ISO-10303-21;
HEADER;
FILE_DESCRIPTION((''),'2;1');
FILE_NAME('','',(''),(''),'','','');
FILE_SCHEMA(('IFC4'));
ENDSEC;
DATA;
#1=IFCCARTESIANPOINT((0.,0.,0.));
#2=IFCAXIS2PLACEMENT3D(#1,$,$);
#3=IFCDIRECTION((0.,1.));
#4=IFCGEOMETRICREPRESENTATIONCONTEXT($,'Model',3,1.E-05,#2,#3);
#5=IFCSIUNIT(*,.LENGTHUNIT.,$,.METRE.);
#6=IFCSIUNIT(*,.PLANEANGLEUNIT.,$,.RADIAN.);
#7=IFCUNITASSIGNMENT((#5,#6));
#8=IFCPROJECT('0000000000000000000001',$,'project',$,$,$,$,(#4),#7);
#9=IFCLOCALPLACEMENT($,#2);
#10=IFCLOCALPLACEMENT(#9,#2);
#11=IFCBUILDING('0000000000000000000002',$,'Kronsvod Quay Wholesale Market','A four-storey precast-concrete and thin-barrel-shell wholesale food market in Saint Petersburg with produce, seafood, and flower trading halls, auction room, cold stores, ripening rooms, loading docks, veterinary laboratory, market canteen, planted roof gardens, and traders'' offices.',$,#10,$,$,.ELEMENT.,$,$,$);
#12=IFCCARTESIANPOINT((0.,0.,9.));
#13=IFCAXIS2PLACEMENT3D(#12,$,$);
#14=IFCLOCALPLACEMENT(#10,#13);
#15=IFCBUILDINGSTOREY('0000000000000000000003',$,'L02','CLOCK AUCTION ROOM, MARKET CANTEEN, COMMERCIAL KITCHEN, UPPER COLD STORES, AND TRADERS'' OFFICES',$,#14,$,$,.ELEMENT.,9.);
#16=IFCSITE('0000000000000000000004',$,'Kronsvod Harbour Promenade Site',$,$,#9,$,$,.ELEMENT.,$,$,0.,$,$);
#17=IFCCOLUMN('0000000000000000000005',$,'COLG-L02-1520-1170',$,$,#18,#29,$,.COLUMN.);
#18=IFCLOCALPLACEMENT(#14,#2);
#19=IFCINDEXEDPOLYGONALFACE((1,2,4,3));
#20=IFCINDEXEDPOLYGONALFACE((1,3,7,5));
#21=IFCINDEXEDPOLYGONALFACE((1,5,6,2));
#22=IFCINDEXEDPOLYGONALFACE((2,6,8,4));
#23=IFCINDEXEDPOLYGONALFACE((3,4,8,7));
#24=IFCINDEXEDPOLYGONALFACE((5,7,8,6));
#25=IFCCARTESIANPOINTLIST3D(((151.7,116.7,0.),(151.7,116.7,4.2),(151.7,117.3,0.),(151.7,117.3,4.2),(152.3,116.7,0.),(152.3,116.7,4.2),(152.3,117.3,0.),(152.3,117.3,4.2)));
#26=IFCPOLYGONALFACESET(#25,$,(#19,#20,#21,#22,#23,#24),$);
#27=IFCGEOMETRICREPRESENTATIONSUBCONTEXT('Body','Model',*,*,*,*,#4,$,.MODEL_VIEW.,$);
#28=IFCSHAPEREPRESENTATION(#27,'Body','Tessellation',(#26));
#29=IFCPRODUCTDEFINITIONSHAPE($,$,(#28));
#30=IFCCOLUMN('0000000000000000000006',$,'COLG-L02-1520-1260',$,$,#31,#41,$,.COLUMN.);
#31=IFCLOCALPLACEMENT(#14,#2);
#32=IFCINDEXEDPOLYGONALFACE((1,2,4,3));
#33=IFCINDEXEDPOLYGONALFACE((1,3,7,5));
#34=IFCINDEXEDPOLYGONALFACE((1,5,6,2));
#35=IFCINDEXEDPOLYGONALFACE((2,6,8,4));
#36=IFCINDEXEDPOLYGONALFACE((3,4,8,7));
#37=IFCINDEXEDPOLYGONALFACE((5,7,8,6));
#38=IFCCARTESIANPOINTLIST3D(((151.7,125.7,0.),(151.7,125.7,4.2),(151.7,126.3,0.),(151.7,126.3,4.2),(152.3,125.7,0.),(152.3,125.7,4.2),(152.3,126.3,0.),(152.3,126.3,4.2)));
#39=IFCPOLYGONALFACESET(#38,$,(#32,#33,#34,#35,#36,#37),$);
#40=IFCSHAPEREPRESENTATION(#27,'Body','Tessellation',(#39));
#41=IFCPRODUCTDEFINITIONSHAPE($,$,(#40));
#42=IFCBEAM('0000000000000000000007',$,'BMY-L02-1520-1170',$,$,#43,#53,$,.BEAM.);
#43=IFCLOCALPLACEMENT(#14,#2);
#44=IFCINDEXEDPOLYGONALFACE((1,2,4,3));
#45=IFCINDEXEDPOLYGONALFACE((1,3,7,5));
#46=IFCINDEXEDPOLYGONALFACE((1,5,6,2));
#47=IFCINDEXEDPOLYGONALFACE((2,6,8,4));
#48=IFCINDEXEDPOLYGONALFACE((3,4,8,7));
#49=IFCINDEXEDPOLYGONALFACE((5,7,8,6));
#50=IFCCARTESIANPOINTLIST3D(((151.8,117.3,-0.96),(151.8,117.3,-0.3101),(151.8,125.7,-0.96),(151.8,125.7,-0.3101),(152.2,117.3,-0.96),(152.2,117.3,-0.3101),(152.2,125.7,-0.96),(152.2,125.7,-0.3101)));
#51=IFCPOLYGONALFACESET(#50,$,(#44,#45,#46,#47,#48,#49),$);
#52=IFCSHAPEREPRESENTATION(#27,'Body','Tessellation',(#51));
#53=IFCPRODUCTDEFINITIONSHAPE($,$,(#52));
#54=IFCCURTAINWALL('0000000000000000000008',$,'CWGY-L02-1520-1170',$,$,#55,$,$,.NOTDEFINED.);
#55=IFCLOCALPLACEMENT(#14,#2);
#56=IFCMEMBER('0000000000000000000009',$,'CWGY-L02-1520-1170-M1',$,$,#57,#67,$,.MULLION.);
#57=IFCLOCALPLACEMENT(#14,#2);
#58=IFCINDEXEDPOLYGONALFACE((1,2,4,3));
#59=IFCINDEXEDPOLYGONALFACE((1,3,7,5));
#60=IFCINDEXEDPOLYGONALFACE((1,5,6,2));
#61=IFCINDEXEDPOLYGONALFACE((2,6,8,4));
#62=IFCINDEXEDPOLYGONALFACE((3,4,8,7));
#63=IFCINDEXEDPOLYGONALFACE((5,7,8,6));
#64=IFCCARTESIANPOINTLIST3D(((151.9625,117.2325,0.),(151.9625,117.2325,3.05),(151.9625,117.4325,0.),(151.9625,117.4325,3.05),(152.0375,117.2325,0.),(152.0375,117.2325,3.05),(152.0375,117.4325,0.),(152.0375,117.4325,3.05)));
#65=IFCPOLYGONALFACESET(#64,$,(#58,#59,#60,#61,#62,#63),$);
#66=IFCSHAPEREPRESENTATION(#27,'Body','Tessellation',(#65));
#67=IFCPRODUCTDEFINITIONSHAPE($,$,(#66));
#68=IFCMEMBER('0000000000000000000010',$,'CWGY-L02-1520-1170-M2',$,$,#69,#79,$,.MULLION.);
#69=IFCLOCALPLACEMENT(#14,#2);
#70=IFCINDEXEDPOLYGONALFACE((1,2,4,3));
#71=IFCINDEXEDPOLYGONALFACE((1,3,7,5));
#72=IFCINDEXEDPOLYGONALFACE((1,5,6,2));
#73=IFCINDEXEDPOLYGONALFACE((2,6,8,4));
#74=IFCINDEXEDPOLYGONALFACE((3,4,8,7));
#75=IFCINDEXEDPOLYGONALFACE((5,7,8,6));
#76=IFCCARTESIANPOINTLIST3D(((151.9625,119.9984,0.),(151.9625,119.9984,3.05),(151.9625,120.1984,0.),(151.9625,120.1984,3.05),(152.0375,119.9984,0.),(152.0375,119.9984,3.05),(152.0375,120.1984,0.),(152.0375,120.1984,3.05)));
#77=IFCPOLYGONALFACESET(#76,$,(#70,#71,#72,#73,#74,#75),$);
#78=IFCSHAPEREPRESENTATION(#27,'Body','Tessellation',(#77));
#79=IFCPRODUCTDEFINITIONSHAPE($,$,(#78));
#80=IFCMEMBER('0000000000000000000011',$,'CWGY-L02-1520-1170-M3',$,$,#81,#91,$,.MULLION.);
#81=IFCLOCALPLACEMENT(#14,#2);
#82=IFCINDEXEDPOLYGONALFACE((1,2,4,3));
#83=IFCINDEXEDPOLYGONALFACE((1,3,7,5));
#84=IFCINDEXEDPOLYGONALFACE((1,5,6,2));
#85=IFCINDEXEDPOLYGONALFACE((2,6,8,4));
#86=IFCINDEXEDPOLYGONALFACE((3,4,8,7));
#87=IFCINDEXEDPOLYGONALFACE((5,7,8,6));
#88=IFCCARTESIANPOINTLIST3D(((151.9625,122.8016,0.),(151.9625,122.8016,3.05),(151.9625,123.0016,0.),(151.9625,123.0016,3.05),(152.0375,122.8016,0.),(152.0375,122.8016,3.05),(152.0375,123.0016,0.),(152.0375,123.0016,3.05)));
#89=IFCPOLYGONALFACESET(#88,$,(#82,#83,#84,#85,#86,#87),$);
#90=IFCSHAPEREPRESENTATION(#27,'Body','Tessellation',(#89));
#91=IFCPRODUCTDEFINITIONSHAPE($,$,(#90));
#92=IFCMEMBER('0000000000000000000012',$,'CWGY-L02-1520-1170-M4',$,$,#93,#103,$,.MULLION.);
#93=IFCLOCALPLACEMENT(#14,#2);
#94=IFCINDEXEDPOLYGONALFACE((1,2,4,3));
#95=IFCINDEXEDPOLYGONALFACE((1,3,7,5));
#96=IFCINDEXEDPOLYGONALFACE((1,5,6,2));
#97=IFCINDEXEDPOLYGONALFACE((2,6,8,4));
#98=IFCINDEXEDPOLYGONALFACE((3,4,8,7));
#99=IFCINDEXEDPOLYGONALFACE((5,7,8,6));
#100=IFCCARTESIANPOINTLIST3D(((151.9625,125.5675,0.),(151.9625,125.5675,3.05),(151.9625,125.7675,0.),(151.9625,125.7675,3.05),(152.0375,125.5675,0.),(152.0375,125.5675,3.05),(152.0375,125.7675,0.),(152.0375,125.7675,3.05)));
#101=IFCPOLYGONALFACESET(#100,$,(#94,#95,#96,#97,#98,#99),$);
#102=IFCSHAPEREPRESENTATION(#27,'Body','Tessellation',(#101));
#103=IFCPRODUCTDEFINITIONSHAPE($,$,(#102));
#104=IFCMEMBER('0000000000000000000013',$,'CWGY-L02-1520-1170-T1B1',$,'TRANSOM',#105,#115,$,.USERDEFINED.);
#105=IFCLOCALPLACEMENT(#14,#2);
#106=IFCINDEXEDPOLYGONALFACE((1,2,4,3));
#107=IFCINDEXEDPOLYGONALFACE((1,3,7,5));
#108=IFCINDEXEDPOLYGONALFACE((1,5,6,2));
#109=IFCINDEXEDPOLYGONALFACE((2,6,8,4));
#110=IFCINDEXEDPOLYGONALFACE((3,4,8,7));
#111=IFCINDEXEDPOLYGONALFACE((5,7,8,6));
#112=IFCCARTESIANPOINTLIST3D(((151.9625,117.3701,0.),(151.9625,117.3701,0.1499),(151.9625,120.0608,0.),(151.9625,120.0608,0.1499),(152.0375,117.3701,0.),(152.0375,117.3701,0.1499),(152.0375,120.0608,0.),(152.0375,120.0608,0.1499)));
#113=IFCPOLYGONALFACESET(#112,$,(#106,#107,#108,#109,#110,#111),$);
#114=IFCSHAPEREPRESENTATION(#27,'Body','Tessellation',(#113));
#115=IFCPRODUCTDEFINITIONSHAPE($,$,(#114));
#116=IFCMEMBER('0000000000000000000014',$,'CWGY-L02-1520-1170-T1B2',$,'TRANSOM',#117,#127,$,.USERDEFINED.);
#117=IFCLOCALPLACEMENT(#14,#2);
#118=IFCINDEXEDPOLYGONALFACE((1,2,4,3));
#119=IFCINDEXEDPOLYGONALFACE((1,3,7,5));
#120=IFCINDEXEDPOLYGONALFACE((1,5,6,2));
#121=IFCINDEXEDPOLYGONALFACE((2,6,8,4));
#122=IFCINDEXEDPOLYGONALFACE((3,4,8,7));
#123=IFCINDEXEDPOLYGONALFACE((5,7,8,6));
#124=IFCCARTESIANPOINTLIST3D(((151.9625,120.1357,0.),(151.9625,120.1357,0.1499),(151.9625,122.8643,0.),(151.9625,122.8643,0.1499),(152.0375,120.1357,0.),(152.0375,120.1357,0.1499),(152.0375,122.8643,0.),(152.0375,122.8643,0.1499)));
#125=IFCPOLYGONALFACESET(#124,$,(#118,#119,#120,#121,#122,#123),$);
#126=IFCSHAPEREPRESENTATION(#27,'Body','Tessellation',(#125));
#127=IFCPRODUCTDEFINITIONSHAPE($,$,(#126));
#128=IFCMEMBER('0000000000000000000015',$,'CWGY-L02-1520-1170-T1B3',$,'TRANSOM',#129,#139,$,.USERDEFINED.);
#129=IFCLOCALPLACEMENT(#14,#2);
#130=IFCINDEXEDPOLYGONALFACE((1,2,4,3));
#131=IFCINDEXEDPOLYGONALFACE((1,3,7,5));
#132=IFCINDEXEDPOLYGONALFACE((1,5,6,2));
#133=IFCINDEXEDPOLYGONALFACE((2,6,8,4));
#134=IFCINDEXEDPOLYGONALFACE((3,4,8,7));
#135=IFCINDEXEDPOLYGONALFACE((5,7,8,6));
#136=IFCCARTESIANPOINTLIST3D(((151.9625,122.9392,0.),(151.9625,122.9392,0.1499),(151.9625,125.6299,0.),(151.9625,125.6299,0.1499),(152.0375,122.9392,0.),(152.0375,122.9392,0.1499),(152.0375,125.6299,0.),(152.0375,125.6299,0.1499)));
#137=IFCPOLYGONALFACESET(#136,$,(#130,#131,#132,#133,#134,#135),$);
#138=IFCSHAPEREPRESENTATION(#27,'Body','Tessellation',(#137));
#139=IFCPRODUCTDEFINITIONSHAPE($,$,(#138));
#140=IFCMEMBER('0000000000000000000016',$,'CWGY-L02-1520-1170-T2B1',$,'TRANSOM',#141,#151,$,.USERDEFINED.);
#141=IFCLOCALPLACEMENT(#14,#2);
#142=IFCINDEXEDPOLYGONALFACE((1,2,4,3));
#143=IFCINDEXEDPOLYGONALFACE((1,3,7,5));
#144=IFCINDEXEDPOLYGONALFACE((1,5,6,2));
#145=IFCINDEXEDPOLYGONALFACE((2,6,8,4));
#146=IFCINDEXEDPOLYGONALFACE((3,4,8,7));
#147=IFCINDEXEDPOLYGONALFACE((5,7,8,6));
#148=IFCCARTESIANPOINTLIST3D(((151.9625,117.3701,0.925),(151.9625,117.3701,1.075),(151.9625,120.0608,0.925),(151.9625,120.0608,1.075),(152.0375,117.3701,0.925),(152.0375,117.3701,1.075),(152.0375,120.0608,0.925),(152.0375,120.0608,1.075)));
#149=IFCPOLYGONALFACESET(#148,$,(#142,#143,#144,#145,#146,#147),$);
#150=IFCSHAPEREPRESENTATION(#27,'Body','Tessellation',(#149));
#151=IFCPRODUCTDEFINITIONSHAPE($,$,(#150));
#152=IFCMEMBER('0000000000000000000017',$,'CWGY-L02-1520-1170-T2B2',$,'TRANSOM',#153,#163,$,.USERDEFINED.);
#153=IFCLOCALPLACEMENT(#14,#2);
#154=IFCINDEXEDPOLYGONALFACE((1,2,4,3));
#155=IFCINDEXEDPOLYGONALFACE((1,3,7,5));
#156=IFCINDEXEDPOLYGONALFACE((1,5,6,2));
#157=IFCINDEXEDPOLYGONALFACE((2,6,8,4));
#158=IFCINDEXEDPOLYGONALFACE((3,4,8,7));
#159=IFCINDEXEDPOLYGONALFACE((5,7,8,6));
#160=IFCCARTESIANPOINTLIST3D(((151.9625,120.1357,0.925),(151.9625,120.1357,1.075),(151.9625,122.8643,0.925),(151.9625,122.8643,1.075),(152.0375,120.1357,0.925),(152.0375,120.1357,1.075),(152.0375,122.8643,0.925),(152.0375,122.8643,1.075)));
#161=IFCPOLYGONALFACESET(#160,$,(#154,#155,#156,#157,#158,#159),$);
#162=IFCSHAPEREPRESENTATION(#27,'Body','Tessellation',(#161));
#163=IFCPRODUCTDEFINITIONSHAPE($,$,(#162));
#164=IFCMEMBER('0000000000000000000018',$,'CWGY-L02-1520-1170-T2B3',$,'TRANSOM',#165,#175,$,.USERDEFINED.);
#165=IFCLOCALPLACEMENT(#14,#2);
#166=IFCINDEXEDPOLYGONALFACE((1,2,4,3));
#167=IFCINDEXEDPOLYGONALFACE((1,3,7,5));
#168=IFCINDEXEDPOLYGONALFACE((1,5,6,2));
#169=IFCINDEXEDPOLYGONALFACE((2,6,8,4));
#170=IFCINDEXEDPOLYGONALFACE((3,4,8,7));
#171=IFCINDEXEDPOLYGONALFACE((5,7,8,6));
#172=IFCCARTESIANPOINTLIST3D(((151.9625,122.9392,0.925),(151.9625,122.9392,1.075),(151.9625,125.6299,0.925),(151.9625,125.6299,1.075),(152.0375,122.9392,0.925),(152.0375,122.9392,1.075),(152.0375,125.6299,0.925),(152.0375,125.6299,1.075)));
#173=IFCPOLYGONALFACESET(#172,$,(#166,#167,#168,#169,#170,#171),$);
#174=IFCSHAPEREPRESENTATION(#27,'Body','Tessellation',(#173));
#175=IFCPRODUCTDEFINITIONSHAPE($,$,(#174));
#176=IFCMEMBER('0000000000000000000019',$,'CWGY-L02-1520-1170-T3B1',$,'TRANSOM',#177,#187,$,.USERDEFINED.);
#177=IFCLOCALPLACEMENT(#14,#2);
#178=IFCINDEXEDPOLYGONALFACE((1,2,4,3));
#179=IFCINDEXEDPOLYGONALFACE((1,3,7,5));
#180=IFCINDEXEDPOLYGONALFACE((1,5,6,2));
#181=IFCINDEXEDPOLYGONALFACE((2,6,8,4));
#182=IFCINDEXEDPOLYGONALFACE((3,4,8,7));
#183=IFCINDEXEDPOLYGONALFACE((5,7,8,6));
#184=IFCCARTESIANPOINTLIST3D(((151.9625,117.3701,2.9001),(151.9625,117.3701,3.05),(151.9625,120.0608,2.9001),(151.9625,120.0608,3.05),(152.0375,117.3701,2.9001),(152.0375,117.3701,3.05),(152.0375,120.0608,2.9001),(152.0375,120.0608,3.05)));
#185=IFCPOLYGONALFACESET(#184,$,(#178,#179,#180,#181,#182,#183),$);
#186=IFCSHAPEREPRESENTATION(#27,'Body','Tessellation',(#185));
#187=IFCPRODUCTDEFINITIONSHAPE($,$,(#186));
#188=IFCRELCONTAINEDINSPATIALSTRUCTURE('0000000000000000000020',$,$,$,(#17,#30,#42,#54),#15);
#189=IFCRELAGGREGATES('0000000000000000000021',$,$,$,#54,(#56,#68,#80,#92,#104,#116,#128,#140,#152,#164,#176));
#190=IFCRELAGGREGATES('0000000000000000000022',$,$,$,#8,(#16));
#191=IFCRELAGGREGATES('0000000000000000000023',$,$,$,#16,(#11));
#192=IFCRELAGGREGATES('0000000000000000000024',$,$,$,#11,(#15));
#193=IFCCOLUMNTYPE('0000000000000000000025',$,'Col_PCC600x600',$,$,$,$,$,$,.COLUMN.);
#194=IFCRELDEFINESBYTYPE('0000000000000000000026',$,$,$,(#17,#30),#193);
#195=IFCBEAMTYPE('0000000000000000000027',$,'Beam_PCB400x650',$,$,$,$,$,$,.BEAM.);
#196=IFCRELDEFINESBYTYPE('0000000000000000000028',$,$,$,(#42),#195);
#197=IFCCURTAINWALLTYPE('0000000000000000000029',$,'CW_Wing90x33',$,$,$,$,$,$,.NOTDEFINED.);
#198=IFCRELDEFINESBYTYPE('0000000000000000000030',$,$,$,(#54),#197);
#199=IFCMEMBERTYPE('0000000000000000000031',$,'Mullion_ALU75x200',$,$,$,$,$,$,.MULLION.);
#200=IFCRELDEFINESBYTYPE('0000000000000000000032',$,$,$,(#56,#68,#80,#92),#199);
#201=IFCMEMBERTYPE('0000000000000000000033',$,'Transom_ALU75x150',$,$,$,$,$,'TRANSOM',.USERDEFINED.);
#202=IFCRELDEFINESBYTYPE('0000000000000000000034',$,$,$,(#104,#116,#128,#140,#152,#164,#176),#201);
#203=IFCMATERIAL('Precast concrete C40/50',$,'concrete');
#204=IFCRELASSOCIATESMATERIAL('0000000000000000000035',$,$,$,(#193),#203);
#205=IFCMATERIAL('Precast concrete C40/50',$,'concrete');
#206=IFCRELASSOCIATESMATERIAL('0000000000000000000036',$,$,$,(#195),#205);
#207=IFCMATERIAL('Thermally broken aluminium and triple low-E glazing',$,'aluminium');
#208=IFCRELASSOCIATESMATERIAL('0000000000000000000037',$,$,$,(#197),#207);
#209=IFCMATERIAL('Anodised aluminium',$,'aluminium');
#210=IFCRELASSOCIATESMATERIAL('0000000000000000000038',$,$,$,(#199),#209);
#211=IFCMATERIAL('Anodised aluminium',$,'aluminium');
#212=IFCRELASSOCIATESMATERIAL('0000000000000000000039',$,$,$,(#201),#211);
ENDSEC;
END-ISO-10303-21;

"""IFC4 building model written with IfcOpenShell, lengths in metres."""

from ifc_helpers import new_model, si_unit, direction, frame, origin, origin_2d, place, context, subcontext, project, spatial, rectangle, extrude, material, material_profile, profile_set, type_object, element, aggregate, save


model = new_model("IFC4")

# Units and contexts
model_context = context("Model", 3, precision=1e-05, world=origin(), true_north=direction((0.0, 1.0)))
body_context = subcontext(model_context, "Body", "Model", "MODEL_VIEW")
ifc_project = project(units=[si_unit("LENGTHUNIT", "METRE"), si_unit("PLANEANGLEUNIT", "RADIAN")], contexts=[model_context])

# Site, building, storey
site_placement = place(None, origin())
site = spatial("IfcSite", under=ifc_project, at=site_placement, Name="Kronsvod Harbour Promenade Site", CompositionType="ELEMENT", RefElevation=0.0)
building_placement = place(site_placement, origin())
building = spatial("IfcBuilding", under=site, at=building_placement, Name="Kronsvod Quay Wholesale Market", Description="A four-storey precast-concrete and thin-barrel-shell wholesale food market in Saint Petersburg with produce, seafood, and flower trading halls, auction room, cold stores, ripening rooms, loading docks, veterinary laboratory, market canteen, planted roof gardens, and traders' offices.", CompositionType="ELEMENT")
storey_placement = place(building_placement, frame((0.0, 0.0, 9.0)))
storey = spatial("IfcBuildingStorey", under=building, at=storey_placement, Name="L02", Description="CLOCK AUCTION ROOM, MARKET CANTEEN, COMMERCIAL KITCHEN, UPPER COLD STORES, AND TRADERS' OFFICES", CompositionType="ELEMENT", Elevation=9.0)

# Columns
ifc_material_1 = material(Name="Precast concrete C40/50", Category="concrete")
ifc_material_profile_1 = material_profile(ifc_material_1, rectangle(XDim=0.6001, YDim=0.6001, at=origin_2d()), Name="PCC600x600")
ifc_profile_set_1 = profile_set([ifc_material_profile_1], Name="Precast concrete C40/50")
column_type = type_object("IfcColumnType", Name="Col_PCC600x600", PredefinedType="COLUMN", material=ifc_profile_set_1)
for number, where, z_axis, x_axis, name in (
    (1, (152.0, 117.0, 0.0), (0.0, 0.0, 1.0), (1.0, 0.0, 0.0), "COLG-L02-1520-1170"),
    (2, (152.0, 126.0, 0.0), (0.0, 0.0, 1.0), (1.0, 0.0, 0.0), "COLG-L02-1520-1260"),
):
    element("IfcColumn", number, at=place(storey_placement, frame(where, z_axis=z_axis, x_axis=x_axis)), inside=storey, type_object=column_type, Name=name, PredefinedType="COLUMN", context=body_context, shape_type="SweptSolid", body=[
        extrude(rectangle(XDim=0.6001, YDim=0.6001, at=origin_2d()), origin(), (0.0, 0.0, 1.0), 4.2),
    ])

# Beam
ifc_material_2 = material(Name="Precast concrete C40/50", Category="concrete")
ifc_material_profile_2 = material_profile(ifc_material_2, rectangle(XDim=0.3999, YDim=0.6499, at=origin_2d()), Name="PCB400x650")
ifc_profile_set_2 = profile_set([ifc_material_profile_2], Name="Precast concrete C40/50")
beam_type = type_object("IfcBeamType", Name="Beam_PCB400x650", PredefinedType="BEAM", material=ifc_profile_set_2)
beam_placement = place(storey_placement, frame((152.0, 117.3, -0.635), z_axis=(0.0, 1.0, 0.0), x_axis=(-1.0, 0.0, 0.0)))
element("IfcBeam", 3, at=beam_placement, inside=storey, type_object=beam_type, Name="BMY-L02-1520-1170", PredefinedType="BEAM", context=body_context, shape_type="SweptSolid", body=[
    extrude(rectangle(XDim=0.3999, YDim=0.6499, at=origin_2d()), origin(), (0.0, 0.0, 1.0), 8.3999),
])

# Curtain wall, members
ifc_material_3 = material(Name="Thermally broken aluminium and triple low-E glazing", Category="aluminium")
curtain_wall_type = type_object("IfcCurtainWallType", Name="CW_Wing90x33", PredefinedType="NOTDEFINED", material=ifc_material_3)
curtain_wall_placement = place(storey_placement, origin())
curtain_wall = element("IfcCurtainWall", 4, at=curtain_wall_placement, inside=storey, type_object=curtain_wall_type, Name="CWGY-L02-1520-1170", PredefinedType="NOTDEFINED")
ifc_material_4 = material(Name="Anodised aluminium", Category="aluminium")
ifc_material_profile_3 = material_profile(ifc_material_4, rectangle(XDim=0.075, YDim=0.2, at=origin_2d()), Name="ALUM75x200")
ifc_profile_set_3 = profile_set([ifc_material_profile_3], Name="Anodised aluminium")
member_type_1 = type_object("IfcMemberType", Name="Mullion_ALU75x200", PredefinedType="MULLION", material=ifc_profile_set_3)
member_1_placement = place(storey_placement, frame((152.0, 117.3325, 0.0), z_axis=(0.0, 0.0, 1.0), x_axis=(1.0, 0.0, 0.0)))
member_1 = element("IfcMember", 5, at=member_1_placement, type_object=member_type_1, Name="CWGY-L02-1520-1170-M1", PredefinedType="MULLION", context=body_context, shape_type="SweptSolid", body=[
    extrude(rectangle(XDim=0.075, YDim=0.2, at=origin_2d()), origin(), (0.0, 0.0, 1.0), 3.05),
])
member_2_placement = place(storey_placement, frame((152.0, 120.0984, 0.0), z_axis=(0.0, 0.0, 1.0), x_axis=(1.0, 0.0, 0.0)))
member_2 = element("IfcMember", 6, at=member_2_placement, type_object=member_type_1, Name="CWGY-L02-1520-1170-M2", PredefinedType="MULLION", context=body_context, shape_type="SweptSolid", body=[
    extrude(rectangle(XDim=0.075, YDim=0.2, at=origin_2d()), origin(), (0.0, 0.0, 1.0), 3.05),
])
member_3_placement = place(storey_placement, frame((152.0, 122.9016, 0.0), z_axis=(0.0, 0.0, 1.0), x_axis=(1.0, 0.0, 0.0)))
member_3 = element("IfcMember", 7, at=member_3_placement, type_object=member_type_1, Name="CWGY-L02-1520-1170-M3", PredefinedType="MULLION", context=body_context, shape_type="SweptSolid", body=[
    extrude(rectangle(XDim=0.075, YDim=0.2, at=origin_2d()), origin(), (0.0, 0.0, 1.0), 3.05),
])
member_4_placement = place(storey_placement, frame((152.0, 125.6675, 0.0), z_axis=(0.0, 0.0, 1.0), x_axis=(1.0, 0.0, 0.0)))
member_4 = element("IfcMember", 8, at=member_4_placement, type_object=member_type_1, Name="CWGY-L02-1520-1170-M4", PredefinedType="MULLION", context=body_context, shape_type="SweptSolid", body=[
    extrude(rectangle(XDim=0.075, YDim=0.2, at=origin_2d()), origin(), (0.0, 0.0, 1.0), 3.05),
])
ifc_material_5 = material(Name="Anodised aluminium", Category="aluminium")
ifc_material_profile_4 = material_profile(ifc_material_5, rectangle(XDim=0.075, YDim=0.1499, at=origin_2d()), Name="ALUT75x150")
ifc_profile_set_4 = profile_set([ifc_material_profile_4], Name="Anodised aluminium")
member_type_2 = type_object("IfcMemberType", Name="Transom_ALU75x150", ElementType="TRANSOM", PredefinedType="USERDEFINED", material=ifc_profile_set_4)
member_5_placement = place(storey_placement, frame((152.0, 117.3701, 0.075), z_axis=(0.0, 1.0, 0.0), x_axis=(-1.0, 0.0, 0.0)))
member_5 = element("IfcMember", 9, at=member_5_placement, type_object=member_type_2, Name="CWGY-L02-1520-1170-T1B1", ObjectType="TRANSOM", PredefinedType="USERDEFINED", context=body_context, shape_type="SweptSolid", body=[
    extrude(rectangle(XDim=0.075, YDim=0.1499, at=origin_2d()), origin(), (0.0, 0.0, 1.0), 2.6907),
])
member_6_placement = place(storey_placement, frame((152.0, 120.1357, 0.075), z_axis=(0.0, 1.0, 0.0), x_axis=(-1.0, 0.0, 0.0)))
member_6 = element("IfcMember", 10, at=member_6_placement, type_object=member_type_2, Name="CWGY-L02-1520-1170-T1B2", ObjectType="TRANSOM", PredefinedType="USERDEFINED", context=body_context, shape_type="SweptSolid", body=[
    extrude(rectangle(XDim=0.075, YDim=0.1499, at=origin_2d()), origin(), (0.0, 0.0, 1.0), 2.7285),
])
member_7_placement = place(storey_placement, frame((152.0, 122.9392, 0.075), z_axis=(0.0, 1.0, 0.0), x_axis=(-1.0, 0.0, 0.0)))
member_7 = element("IfcMember", 11, at=member_7_placement, type_object=member_type_2, Name="CWGY-L02-1520-1170-T1B3", ObjectType="TRANSOM", PredefinedType="USERDEFINED", context=body_context, shape_type="SweptSolid", body=[
    extrude(rectangle(XDim=0.075, YDim=0.1499, at=origin_2d()), origin(), (0.0, 0.0, 1.0), 2.6907),
])
member_8_placement = place(storey_placement, frame((152.0, 117.3701, 1.0), z_axis=(0.0, 1.0, 0.0), x_axis=(-1.0, 0.0, 0.0)))
member_8 = element("IfcMember", 12, at=member_8_placement, type_object=member_type_2, Name="CWGY-L02-1520-1170-T2B1", ObjectType="TRANSOM", PredefinedType="USERDEFINED", context=body_context, shape_type="SweptSolid", body=[
    extrude(rectangle(XDim=0.075, YDim=0.1499, at=origin_2d()), origin(), (0.0, 0.0, 1.0), 2.6907),
])
member_9_placement = place(storey_placement, frame((152.0, 120.1357, 1.0), z_axis=(0.0, 1.0, 0.0), x_axis=(-1.0, 0.0, 0.0)))
member_9 = element("IfcMember", 13, at=member_9_placement, type_object=member_type_2, Name="CWGY-L02-1520-1170-T2B2", ObjectType="TRANSOM", PredefinedType="USERDEFINED", context=body_context, shape_type="SweptSolid", body=[
    extrude(rectangle(XDim=0.075, YDim=0.1499, at=origin_2d()), origin(), (0.0, 0.0, 1.0), 2.7285),
])
member_10_placement = place(storey_placement, frame((152.0, 122.9392, 1.0), z_axis=(0.0, 1.0, 0.0), x_axis=(-1.0, 0.0, 0.0)))
member_10 = element("IfcMember", 14, at=member_10_placement, type_object=member_type_2, Name="CWGY-L02-1520-1170-T2B3", ObjectType="TRANSOM", PredefinedType="USERDEFINED", context=body_context, shape_type="SweptSolid", body=[
    extrude(rectangle(XDim=0.075, YDim=0.1499, at=origin_2d()), origin(), (0.0, 0.0, 1.0), 2.6907),
])
member_11_placement = place(storey_placement, frame((152.0, 117.3701, 2.9751), z_axis=(0.0, 1.0, 0.0), x_axis=(-1.0, 0.0, 0.0)))
member_11 = element("IfcMember", 15, at=member_11_placement, type_object=member_type_2, Name="CWGY-L02-1520-1170-T3B1", ObjectType="TRANSOM", PredefinedType="USERDEFINED", context=body_context, shape_type="SweptSolid", body=[
    extrude(rectangle(XDim=0.075, YDim=0.1499, at=origin_2d()), origin(), (0.0, 0.0, 1.0), 2.6907),
])
aggregate(curtain_wall, [member_1, member_2, member_3, member_4, member_5, member_6, member_7, member_8, member_9, member_10, member_11])

save(model, "model.ifc")
